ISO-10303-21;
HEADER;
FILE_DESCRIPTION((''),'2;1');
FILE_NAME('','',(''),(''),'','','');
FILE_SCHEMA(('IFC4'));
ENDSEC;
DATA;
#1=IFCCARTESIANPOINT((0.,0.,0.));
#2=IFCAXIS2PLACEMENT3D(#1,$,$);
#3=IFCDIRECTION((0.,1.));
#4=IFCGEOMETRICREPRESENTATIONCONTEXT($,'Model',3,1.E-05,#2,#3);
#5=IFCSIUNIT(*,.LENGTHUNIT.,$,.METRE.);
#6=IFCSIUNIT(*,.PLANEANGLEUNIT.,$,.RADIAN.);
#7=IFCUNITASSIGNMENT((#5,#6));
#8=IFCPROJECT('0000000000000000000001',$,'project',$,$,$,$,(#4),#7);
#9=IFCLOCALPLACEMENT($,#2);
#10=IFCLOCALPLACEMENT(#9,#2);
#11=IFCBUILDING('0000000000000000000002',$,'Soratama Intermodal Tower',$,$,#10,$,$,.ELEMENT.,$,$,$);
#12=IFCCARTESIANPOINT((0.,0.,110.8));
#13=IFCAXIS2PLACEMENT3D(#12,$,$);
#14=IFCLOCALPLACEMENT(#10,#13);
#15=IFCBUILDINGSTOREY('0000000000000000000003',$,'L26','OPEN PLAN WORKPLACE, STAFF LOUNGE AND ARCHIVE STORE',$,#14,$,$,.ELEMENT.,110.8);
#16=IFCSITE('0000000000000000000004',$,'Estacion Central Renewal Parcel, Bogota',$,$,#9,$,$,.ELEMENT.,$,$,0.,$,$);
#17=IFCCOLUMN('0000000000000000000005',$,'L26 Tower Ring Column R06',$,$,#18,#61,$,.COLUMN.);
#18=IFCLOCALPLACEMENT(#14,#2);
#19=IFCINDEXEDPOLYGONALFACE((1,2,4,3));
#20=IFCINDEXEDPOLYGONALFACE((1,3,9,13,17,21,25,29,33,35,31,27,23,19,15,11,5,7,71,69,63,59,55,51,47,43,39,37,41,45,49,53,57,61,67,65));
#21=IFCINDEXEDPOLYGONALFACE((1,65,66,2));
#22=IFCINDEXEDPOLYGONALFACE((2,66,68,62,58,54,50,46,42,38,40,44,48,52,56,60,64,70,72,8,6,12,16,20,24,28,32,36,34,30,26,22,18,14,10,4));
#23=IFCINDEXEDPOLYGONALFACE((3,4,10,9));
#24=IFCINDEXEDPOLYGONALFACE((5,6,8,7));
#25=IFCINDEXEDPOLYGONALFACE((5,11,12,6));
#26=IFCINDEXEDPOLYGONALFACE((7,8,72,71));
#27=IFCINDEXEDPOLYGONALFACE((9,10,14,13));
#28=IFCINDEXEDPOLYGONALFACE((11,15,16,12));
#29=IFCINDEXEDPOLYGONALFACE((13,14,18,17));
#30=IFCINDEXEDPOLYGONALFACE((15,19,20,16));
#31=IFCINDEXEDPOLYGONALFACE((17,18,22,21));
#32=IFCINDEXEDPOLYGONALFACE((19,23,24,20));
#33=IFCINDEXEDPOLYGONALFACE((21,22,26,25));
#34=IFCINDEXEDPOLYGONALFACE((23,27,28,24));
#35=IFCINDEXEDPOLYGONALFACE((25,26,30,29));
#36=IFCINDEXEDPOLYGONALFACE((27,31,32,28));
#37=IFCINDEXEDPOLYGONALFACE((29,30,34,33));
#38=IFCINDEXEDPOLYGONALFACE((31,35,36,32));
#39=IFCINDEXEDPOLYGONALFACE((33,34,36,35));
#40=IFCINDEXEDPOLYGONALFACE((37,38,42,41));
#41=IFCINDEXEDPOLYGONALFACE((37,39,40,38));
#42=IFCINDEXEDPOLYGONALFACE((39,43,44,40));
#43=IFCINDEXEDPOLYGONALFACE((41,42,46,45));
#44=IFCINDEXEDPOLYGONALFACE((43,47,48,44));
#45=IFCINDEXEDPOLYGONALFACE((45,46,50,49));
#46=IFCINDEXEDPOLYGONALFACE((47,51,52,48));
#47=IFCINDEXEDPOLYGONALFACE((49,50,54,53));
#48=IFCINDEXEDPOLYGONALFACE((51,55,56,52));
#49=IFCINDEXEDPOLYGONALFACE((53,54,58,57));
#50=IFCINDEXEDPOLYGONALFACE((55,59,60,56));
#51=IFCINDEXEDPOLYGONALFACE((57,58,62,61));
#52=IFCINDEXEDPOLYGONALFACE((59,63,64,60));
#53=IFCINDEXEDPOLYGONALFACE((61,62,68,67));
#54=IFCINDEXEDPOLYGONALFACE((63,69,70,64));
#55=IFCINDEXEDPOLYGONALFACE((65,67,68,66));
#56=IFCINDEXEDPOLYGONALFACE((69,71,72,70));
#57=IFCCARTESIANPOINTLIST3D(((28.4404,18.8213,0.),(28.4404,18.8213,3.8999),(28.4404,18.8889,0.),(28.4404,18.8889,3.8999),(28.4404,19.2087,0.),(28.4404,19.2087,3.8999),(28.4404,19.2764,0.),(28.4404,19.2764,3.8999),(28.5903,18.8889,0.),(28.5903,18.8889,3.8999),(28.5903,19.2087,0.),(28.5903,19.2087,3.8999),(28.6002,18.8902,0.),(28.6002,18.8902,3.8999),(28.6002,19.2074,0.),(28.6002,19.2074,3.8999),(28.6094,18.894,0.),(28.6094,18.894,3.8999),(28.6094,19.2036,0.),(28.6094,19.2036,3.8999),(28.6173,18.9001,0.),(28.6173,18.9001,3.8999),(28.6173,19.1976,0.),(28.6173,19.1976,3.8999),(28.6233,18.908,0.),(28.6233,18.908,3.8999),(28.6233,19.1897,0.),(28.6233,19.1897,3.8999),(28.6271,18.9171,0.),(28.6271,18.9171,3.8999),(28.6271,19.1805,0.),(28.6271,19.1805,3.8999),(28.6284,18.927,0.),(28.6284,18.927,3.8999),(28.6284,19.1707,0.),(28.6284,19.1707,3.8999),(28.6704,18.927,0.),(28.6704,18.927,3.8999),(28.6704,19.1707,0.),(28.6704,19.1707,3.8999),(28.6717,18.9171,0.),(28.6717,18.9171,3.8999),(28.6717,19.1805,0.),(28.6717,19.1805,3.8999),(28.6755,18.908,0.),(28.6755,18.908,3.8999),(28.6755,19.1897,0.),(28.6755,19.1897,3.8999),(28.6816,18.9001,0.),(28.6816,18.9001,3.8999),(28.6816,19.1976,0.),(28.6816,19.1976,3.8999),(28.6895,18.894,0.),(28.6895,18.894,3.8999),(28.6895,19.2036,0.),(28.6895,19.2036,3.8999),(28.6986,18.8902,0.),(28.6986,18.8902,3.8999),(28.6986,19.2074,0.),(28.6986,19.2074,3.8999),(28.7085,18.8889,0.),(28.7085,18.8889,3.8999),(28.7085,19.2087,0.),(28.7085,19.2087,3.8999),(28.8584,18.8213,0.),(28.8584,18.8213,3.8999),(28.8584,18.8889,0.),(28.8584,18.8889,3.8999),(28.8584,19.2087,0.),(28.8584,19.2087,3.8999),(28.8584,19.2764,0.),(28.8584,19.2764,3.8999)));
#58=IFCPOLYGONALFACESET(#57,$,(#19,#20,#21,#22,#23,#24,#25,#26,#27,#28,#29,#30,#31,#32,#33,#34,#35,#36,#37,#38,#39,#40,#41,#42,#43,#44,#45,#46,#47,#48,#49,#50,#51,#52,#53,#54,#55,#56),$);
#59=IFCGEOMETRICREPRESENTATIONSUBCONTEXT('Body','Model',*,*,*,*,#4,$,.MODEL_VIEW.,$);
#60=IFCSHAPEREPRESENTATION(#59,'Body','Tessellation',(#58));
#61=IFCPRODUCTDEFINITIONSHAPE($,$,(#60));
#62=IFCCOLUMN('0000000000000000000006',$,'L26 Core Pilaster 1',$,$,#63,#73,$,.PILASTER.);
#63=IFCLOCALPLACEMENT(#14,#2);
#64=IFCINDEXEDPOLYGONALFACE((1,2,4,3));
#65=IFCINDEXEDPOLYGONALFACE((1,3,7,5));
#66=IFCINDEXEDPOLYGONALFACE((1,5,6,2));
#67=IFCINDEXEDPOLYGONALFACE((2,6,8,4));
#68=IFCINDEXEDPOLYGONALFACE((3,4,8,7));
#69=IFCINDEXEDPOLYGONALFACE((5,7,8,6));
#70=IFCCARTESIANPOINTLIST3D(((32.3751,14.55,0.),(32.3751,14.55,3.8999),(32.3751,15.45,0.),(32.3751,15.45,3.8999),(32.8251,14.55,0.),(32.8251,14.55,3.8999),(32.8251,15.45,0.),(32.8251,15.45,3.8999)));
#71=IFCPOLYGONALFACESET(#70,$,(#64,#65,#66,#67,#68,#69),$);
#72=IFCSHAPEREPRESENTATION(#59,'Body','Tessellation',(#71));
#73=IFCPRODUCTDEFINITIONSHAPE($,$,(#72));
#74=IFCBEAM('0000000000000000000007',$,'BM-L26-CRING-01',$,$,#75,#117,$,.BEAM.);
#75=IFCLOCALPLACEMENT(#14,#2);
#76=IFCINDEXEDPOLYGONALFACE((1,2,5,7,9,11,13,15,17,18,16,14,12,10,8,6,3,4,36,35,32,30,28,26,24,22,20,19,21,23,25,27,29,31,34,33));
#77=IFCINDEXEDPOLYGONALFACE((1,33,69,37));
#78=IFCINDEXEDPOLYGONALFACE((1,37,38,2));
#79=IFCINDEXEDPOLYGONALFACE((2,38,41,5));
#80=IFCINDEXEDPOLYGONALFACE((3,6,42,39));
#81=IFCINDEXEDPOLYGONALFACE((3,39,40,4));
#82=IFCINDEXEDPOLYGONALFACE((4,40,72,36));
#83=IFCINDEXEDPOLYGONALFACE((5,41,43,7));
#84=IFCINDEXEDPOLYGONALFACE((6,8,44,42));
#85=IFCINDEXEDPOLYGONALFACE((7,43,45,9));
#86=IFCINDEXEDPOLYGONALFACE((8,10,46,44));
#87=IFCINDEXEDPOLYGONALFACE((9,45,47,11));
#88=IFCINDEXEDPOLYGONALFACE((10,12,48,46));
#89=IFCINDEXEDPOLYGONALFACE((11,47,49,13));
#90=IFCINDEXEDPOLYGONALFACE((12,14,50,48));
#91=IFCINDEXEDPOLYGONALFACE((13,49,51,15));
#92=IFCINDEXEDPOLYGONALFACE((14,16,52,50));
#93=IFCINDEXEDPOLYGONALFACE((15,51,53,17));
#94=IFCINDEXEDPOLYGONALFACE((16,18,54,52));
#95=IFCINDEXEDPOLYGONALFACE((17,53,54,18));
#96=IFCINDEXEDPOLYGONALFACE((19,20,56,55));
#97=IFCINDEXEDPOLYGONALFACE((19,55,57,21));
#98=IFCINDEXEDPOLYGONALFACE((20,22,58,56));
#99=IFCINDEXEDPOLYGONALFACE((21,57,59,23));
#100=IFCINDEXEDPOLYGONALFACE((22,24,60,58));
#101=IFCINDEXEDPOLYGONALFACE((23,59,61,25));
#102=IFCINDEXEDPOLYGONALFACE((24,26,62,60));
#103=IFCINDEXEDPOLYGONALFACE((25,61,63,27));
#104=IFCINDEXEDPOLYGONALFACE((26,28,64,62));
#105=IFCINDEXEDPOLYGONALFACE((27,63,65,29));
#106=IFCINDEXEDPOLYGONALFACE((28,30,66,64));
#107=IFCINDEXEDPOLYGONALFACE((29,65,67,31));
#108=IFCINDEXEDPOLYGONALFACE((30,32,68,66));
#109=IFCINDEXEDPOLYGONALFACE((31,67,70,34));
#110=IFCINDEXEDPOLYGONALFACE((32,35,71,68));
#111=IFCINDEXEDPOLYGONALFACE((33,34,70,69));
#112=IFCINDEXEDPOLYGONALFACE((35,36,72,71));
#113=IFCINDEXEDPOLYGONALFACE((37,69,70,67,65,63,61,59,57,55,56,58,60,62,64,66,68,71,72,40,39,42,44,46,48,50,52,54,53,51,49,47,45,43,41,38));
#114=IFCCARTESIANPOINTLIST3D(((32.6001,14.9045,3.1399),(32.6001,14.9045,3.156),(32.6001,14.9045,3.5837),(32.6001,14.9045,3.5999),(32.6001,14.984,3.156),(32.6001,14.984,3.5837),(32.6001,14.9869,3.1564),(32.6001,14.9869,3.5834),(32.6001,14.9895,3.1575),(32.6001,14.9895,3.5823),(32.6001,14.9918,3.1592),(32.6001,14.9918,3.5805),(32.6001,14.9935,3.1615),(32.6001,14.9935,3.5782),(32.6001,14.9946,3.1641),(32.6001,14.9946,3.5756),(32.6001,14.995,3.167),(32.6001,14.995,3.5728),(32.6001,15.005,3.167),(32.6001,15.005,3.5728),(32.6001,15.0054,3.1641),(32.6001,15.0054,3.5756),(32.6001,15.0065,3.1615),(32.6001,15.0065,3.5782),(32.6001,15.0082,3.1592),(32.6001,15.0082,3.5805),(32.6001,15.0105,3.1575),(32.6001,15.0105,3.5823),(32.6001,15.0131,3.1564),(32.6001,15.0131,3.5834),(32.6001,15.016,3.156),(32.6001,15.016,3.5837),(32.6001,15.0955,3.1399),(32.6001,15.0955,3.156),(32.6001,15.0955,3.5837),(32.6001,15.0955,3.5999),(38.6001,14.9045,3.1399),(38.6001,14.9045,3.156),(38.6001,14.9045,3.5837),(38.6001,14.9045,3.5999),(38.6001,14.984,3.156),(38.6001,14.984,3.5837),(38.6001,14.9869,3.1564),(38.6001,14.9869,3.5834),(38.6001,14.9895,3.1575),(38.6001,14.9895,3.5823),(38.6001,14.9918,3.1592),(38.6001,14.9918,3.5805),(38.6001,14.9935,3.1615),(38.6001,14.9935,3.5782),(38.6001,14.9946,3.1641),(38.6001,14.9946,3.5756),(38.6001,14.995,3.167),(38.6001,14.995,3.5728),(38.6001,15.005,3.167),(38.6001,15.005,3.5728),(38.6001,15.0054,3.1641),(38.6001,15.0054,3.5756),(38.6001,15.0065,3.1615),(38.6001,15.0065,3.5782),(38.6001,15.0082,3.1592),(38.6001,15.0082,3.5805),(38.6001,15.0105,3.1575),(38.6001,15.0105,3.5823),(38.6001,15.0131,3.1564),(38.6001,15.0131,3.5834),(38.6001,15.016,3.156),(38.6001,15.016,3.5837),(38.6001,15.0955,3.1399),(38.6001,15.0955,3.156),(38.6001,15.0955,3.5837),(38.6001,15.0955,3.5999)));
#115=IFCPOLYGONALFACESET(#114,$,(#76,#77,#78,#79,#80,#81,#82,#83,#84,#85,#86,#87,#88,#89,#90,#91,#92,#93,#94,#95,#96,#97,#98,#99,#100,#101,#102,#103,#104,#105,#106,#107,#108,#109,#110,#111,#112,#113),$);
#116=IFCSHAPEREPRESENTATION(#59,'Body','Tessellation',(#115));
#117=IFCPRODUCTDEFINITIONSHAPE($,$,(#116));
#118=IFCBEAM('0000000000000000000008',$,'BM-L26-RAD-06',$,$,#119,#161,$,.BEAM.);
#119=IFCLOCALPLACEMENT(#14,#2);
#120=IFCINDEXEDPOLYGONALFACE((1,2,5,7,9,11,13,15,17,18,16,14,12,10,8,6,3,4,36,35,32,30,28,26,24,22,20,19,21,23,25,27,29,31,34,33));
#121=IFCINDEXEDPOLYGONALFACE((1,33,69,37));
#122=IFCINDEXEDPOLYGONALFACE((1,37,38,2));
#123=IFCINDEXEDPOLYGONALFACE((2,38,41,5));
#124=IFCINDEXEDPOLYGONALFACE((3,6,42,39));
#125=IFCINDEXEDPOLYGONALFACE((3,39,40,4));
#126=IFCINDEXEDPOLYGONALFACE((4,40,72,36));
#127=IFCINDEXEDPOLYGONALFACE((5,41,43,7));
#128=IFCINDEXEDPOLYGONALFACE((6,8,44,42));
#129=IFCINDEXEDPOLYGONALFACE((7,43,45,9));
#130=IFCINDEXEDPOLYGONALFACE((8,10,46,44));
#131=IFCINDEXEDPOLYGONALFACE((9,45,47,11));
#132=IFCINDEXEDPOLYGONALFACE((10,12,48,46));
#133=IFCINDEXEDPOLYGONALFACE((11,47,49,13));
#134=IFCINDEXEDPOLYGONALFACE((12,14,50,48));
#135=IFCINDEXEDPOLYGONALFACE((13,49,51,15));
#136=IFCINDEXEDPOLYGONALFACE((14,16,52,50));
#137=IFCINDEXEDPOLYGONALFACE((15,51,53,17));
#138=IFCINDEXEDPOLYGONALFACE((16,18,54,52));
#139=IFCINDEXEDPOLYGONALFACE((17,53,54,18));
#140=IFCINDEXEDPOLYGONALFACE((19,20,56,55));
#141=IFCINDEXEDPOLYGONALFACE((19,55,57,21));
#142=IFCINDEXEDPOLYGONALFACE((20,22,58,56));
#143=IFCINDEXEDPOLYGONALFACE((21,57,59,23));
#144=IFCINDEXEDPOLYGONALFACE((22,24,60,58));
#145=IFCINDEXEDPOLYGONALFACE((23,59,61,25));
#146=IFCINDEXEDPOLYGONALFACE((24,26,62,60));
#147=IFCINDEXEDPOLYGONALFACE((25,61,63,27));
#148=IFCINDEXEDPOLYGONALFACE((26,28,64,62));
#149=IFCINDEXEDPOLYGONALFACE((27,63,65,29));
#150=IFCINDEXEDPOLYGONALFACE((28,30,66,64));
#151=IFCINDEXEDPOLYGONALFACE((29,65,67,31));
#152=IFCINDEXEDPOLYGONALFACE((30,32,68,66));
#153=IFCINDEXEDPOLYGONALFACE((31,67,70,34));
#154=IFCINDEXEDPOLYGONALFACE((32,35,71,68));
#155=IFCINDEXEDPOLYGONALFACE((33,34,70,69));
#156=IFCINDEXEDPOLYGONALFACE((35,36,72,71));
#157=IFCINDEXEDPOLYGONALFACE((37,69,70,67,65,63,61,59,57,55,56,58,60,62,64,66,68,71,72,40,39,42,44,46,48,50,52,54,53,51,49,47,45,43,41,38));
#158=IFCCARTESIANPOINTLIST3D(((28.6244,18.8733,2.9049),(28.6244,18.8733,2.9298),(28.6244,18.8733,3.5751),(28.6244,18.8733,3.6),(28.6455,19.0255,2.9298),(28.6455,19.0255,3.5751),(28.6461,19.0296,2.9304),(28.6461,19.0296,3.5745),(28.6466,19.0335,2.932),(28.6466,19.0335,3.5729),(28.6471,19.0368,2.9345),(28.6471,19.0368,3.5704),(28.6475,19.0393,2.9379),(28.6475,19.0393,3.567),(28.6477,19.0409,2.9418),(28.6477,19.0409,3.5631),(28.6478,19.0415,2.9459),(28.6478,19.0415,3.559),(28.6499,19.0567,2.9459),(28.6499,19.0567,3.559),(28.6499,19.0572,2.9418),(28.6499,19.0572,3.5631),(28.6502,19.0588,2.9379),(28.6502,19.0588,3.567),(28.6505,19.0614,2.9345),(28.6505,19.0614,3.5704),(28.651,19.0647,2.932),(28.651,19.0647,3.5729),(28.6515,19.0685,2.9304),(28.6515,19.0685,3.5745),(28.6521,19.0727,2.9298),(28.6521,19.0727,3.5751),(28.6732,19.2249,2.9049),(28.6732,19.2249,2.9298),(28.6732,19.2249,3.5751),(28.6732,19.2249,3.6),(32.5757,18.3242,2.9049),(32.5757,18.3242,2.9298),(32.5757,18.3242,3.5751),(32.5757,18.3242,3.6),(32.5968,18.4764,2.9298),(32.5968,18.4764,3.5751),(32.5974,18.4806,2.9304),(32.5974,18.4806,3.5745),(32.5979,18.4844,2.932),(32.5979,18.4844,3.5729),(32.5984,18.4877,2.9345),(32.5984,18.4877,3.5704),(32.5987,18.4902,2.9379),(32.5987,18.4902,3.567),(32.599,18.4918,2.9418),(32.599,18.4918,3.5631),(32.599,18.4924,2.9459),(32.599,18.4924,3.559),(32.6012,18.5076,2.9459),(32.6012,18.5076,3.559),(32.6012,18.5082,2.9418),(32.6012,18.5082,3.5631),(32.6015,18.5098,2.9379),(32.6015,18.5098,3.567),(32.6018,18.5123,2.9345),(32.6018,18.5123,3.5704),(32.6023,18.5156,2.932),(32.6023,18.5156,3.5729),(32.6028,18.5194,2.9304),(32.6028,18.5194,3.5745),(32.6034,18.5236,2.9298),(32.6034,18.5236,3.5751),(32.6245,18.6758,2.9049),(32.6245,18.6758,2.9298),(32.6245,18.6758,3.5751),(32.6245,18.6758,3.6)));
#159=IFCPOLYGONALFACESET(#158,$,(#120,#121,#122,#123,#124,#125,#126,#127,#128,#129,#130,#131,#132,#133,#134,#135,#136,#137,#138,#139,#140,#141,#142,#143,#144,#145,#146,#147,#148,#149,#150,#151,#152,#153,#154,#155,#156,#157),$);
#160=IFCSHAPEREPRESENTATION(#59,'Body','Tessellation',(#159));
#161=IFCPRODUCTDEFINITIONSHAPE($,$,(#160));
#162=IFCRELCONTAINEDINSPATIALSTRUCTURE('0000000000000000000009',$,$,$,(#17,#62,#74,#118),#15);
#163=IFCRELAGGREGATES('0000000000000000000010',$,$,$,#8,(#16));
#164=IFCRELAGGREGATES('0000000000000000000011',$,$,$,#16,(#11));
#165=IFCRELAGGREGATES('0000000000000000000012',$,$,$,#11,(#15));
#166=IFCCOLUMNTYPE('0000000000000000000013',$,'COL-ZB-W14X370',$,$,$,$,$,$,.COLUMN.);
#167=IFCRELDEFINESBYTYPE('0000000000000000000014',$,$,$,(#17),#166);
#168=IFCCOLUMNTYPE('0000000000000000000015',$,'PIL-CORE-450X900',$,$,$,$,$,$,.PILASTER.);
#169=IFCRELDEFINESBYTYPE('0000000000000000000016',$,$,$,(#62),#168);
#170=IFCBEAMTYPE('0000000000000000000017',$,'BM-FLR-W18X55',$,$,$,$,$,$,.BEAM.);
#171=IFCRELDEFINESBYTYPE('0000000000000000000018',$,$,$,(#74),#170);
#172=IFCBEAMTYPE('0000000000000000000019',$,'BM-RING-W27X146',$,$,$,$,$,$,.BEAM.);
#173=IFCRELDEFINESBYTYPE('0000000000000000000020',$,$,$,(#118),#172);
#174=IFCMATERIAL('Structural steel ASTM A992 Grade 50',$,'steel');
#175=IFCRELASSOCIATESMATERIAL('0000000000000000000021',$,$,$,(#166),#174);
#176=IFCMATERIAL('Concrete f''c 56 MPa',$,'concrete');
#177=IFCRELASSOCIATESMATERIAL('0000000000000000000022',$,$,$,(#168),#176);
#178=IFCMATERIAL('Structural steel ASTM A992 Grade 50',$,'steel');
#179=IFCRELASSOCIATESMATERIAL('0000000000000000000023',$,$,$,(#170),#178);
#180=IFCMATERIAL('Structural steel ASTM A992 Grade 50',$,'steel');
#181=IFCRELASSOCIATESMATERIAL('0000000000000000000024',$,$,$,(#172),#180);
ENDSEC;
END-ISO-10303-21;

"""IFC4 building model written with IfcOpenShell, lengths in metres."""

from ifc_helpers import new_model, si_unit, direction, frame, origin, origin_2d, place, context, subcontext, project, spatial, rectangle, i_section, extrude, material, material_profile, profile_set, type_object, element, save


model = new_model("IFC4")

# Units and contexts
model_context = context("Model", 3, precision=1e-05, world=origin(), true_north=direction((0.0, 1.0)))
body_context = subcontext(model_context, "Body", "Model", "MODEL_VIEW")
ifc_project = project(units=[si_unit("LENGTHUNIT", "METRE"), si_unit("PLANEANGLEUNIT", "RADIAN")], contexts=[model_context])

# Site, building, storey
site_placement = place(None, origin())
site = spatial("IfcSite", under=ifc_project, at=site_placement, Name="Estacion Central Renewal Parcel, Bogota", CompositionType="ELEMENT", RefElevation=0.0)
building_placement = place(site_placement, origin())
building = spatial("IfcBuilding", under=site, at=building_placement, Name="Soratama Intermodal Tower", CompositionType="ELEMENT")
storey_placement = place(building_placement, frame((0.0, 0.0, 110.8)))
storey = spatial("IfcBuildingStorey", under=building, at=storey_placement, Name="L26", Description="OPEN PLAN WORKPLACE, STAFF LOUNGE AND ARCHIVE STORE", CompositionType="ELEMENT", Elevation=110.8)

# Columns
ifc_material_1 = material(Name="Structural steel ASTM A992 Grade 50", Category="steel")
ifc_material_profile_1 = material_profile(ifc_material_1, i_section(OverallWidth=0.418, OverallDepth=0.4551, WebThickness=0.042, FlangeThickness=0.0676, FilletRadius=0.0381, at=origin_2d()), Name="W14X370")
ifc_profile_set_1 = profile_set([ifc_material_profile_1], Name="Structural steel ASTM A992 Grade 50")
column_type_1 = type_object("IfcColumnType", Name="COL-ZB-W14X370", PredefinedType="COLUMN", material=ifc_profile_set_1)
column_1_placement = place(storey_placement, frame((28.6494, 19.0488, 0.0), z_axis=(0.0, 0.0, 1.0), x_axis=(1.0, 0.0, 0.0)))
element("IfcColumn", 1, at=column_1_placement, inside=storey, type_object=column_type_1, Name="L26 Tower Ring Column R06", PredefinedType="COLUMN", context=body_context, shape_type="SweptSolid", body=[
    extrude(i_section(OverallWidth=0.418, OverallDepth=0.4551, WebThickness=0.042, FlangeThickness=0.0676, FilletRadius=0.0381, at=origin_2d()), origin(), (0.0, 0.0, 1.0), 3.8999),
])
ifc_material_2 = material(Name="Concrete f'c 56 MPa", Category="concrete")
ifc_material_profile_2 = material_profile(ifc_material_2, rectangle(XDim=0.45, YDim=0.8999, at=origin_2d()), Name="RC450X900")
ifc_profile_set_2 = profile_set([ifc_material_profile_2], Name="Concrete f'c 56 MPa")
column_type_2 = type_object("IfcColumnType", Name="PIL-CORE-450X900", PredefinedType="PILASTER", material=ifc_profile_set_2)
column_2_placement = place(storey_placement, frame((32.6001, 15.0, 0.0), z_axis=(0.0, 0.0, 1.0), x_axis=(1.0, 0.0, 0.0)))
element("IfcColumn", 2, at=column_2_placement, inside=storey, type_object=column_type_2, Name="L26 Core Pilaster 1", PredefinedType="PILASTER", context=body_context, shape_type="SweptSolid", body=[
    extrude(rectangle(XDim=0.45, YDim=0.8999, at=origin_2d()), origin(), (0.0, 0.0, 1.0), 3.8999),
])

# Beams
ifc_material_3 = material(Name="Structural steel ASTM A992 Grade 50", Category="steel")
ifc_material_profile_3 = material_profile(ifc_material_3, i_section(OverallWidth=0.1909, OverallDepth=0.46, WebThickness=0.01, FlangeThickness=0.0161, FilletRadius=0.011, at=origin_2d()), Name="W18X55")
ifc_profile_set_3 = profile_set([ifc_material_profile_3], Name="Structural steel ASTM A992 Grade 50")
beam_type_1 = type_object("IfcBeamType", Name="BM-FLR-W18X55", PredefinedType="BEAM", material=ifc_profile_set_3)
beam_1_placement = place(storey_placement, frame((32.6001, 15.0, 3.3699), z_axis=(1.0, 0.0, 0.0), x_axis=(0.0, 1.0, 0.0)))
element("IfcBeam", 3, at=beam_1_placement, inside=storey, type_object=beam_type_1, Name="BM-L26-CRING-01", PredefinedType="BEAM", context=body_context, shape_type="SweptSolid", body=[
    extrude(i_section(OverallWidth=0.1909, OverallDepth=0.46, WebThickness=0.01, FlangeThickness=0.0161, FilletRadius=0.011, at=origin_2d()), origin(), (0.0, 0.0, 1.0), 6.0),
])
ifc_material_4 = material(Name="Structural steel ASTM A992 Grade 50", Category="steel")
ifc_material_profile_4 = material_profile(ifc_material_4, i_section(OverallWidth=0.355, OverallDepth=0.6951, WebThickness=0.0154, FlangeThickness=0.0249, FilletRadius=0.0161, at=origin_2d()), Name="W27X146")
ifc_profile_set_4 = profile_set([ifc_material_profile_4], Name="Structural steel ASTM A992 Grade 50")
beam_type_2 = type_object("IfcBeamType", Name="BM-RING-W27X146", PredefinedType="BEAM", material=ifc_profile_set_4)
beam_2_placement = place(storey_placement, frame((32.6001, 18.5, 3.2524), z_axis=(-0.990482, 0.137642, 0.0), x_axis=(-0.137642, -0.990482, 0.0)))
element("IfcBeam", 4, at=beam_2_placement, inside=storey, type_object=beam_type_2, Name="BM-L26-RAD-06", PredefinedType="BEAM", context=body_context, shape_type="SweptSolid", body=[
    extrude(i_section(OverallWidth=0.355, OverallDepth=0.6951, WebThickness=0.0154, FlangeThickness=0.0249, FilletRadius=0.0161, at=origin_2d()), origin(), (0.0, 0.0, 1.0), 3.9893),
])

save(model, "model.ifc")
